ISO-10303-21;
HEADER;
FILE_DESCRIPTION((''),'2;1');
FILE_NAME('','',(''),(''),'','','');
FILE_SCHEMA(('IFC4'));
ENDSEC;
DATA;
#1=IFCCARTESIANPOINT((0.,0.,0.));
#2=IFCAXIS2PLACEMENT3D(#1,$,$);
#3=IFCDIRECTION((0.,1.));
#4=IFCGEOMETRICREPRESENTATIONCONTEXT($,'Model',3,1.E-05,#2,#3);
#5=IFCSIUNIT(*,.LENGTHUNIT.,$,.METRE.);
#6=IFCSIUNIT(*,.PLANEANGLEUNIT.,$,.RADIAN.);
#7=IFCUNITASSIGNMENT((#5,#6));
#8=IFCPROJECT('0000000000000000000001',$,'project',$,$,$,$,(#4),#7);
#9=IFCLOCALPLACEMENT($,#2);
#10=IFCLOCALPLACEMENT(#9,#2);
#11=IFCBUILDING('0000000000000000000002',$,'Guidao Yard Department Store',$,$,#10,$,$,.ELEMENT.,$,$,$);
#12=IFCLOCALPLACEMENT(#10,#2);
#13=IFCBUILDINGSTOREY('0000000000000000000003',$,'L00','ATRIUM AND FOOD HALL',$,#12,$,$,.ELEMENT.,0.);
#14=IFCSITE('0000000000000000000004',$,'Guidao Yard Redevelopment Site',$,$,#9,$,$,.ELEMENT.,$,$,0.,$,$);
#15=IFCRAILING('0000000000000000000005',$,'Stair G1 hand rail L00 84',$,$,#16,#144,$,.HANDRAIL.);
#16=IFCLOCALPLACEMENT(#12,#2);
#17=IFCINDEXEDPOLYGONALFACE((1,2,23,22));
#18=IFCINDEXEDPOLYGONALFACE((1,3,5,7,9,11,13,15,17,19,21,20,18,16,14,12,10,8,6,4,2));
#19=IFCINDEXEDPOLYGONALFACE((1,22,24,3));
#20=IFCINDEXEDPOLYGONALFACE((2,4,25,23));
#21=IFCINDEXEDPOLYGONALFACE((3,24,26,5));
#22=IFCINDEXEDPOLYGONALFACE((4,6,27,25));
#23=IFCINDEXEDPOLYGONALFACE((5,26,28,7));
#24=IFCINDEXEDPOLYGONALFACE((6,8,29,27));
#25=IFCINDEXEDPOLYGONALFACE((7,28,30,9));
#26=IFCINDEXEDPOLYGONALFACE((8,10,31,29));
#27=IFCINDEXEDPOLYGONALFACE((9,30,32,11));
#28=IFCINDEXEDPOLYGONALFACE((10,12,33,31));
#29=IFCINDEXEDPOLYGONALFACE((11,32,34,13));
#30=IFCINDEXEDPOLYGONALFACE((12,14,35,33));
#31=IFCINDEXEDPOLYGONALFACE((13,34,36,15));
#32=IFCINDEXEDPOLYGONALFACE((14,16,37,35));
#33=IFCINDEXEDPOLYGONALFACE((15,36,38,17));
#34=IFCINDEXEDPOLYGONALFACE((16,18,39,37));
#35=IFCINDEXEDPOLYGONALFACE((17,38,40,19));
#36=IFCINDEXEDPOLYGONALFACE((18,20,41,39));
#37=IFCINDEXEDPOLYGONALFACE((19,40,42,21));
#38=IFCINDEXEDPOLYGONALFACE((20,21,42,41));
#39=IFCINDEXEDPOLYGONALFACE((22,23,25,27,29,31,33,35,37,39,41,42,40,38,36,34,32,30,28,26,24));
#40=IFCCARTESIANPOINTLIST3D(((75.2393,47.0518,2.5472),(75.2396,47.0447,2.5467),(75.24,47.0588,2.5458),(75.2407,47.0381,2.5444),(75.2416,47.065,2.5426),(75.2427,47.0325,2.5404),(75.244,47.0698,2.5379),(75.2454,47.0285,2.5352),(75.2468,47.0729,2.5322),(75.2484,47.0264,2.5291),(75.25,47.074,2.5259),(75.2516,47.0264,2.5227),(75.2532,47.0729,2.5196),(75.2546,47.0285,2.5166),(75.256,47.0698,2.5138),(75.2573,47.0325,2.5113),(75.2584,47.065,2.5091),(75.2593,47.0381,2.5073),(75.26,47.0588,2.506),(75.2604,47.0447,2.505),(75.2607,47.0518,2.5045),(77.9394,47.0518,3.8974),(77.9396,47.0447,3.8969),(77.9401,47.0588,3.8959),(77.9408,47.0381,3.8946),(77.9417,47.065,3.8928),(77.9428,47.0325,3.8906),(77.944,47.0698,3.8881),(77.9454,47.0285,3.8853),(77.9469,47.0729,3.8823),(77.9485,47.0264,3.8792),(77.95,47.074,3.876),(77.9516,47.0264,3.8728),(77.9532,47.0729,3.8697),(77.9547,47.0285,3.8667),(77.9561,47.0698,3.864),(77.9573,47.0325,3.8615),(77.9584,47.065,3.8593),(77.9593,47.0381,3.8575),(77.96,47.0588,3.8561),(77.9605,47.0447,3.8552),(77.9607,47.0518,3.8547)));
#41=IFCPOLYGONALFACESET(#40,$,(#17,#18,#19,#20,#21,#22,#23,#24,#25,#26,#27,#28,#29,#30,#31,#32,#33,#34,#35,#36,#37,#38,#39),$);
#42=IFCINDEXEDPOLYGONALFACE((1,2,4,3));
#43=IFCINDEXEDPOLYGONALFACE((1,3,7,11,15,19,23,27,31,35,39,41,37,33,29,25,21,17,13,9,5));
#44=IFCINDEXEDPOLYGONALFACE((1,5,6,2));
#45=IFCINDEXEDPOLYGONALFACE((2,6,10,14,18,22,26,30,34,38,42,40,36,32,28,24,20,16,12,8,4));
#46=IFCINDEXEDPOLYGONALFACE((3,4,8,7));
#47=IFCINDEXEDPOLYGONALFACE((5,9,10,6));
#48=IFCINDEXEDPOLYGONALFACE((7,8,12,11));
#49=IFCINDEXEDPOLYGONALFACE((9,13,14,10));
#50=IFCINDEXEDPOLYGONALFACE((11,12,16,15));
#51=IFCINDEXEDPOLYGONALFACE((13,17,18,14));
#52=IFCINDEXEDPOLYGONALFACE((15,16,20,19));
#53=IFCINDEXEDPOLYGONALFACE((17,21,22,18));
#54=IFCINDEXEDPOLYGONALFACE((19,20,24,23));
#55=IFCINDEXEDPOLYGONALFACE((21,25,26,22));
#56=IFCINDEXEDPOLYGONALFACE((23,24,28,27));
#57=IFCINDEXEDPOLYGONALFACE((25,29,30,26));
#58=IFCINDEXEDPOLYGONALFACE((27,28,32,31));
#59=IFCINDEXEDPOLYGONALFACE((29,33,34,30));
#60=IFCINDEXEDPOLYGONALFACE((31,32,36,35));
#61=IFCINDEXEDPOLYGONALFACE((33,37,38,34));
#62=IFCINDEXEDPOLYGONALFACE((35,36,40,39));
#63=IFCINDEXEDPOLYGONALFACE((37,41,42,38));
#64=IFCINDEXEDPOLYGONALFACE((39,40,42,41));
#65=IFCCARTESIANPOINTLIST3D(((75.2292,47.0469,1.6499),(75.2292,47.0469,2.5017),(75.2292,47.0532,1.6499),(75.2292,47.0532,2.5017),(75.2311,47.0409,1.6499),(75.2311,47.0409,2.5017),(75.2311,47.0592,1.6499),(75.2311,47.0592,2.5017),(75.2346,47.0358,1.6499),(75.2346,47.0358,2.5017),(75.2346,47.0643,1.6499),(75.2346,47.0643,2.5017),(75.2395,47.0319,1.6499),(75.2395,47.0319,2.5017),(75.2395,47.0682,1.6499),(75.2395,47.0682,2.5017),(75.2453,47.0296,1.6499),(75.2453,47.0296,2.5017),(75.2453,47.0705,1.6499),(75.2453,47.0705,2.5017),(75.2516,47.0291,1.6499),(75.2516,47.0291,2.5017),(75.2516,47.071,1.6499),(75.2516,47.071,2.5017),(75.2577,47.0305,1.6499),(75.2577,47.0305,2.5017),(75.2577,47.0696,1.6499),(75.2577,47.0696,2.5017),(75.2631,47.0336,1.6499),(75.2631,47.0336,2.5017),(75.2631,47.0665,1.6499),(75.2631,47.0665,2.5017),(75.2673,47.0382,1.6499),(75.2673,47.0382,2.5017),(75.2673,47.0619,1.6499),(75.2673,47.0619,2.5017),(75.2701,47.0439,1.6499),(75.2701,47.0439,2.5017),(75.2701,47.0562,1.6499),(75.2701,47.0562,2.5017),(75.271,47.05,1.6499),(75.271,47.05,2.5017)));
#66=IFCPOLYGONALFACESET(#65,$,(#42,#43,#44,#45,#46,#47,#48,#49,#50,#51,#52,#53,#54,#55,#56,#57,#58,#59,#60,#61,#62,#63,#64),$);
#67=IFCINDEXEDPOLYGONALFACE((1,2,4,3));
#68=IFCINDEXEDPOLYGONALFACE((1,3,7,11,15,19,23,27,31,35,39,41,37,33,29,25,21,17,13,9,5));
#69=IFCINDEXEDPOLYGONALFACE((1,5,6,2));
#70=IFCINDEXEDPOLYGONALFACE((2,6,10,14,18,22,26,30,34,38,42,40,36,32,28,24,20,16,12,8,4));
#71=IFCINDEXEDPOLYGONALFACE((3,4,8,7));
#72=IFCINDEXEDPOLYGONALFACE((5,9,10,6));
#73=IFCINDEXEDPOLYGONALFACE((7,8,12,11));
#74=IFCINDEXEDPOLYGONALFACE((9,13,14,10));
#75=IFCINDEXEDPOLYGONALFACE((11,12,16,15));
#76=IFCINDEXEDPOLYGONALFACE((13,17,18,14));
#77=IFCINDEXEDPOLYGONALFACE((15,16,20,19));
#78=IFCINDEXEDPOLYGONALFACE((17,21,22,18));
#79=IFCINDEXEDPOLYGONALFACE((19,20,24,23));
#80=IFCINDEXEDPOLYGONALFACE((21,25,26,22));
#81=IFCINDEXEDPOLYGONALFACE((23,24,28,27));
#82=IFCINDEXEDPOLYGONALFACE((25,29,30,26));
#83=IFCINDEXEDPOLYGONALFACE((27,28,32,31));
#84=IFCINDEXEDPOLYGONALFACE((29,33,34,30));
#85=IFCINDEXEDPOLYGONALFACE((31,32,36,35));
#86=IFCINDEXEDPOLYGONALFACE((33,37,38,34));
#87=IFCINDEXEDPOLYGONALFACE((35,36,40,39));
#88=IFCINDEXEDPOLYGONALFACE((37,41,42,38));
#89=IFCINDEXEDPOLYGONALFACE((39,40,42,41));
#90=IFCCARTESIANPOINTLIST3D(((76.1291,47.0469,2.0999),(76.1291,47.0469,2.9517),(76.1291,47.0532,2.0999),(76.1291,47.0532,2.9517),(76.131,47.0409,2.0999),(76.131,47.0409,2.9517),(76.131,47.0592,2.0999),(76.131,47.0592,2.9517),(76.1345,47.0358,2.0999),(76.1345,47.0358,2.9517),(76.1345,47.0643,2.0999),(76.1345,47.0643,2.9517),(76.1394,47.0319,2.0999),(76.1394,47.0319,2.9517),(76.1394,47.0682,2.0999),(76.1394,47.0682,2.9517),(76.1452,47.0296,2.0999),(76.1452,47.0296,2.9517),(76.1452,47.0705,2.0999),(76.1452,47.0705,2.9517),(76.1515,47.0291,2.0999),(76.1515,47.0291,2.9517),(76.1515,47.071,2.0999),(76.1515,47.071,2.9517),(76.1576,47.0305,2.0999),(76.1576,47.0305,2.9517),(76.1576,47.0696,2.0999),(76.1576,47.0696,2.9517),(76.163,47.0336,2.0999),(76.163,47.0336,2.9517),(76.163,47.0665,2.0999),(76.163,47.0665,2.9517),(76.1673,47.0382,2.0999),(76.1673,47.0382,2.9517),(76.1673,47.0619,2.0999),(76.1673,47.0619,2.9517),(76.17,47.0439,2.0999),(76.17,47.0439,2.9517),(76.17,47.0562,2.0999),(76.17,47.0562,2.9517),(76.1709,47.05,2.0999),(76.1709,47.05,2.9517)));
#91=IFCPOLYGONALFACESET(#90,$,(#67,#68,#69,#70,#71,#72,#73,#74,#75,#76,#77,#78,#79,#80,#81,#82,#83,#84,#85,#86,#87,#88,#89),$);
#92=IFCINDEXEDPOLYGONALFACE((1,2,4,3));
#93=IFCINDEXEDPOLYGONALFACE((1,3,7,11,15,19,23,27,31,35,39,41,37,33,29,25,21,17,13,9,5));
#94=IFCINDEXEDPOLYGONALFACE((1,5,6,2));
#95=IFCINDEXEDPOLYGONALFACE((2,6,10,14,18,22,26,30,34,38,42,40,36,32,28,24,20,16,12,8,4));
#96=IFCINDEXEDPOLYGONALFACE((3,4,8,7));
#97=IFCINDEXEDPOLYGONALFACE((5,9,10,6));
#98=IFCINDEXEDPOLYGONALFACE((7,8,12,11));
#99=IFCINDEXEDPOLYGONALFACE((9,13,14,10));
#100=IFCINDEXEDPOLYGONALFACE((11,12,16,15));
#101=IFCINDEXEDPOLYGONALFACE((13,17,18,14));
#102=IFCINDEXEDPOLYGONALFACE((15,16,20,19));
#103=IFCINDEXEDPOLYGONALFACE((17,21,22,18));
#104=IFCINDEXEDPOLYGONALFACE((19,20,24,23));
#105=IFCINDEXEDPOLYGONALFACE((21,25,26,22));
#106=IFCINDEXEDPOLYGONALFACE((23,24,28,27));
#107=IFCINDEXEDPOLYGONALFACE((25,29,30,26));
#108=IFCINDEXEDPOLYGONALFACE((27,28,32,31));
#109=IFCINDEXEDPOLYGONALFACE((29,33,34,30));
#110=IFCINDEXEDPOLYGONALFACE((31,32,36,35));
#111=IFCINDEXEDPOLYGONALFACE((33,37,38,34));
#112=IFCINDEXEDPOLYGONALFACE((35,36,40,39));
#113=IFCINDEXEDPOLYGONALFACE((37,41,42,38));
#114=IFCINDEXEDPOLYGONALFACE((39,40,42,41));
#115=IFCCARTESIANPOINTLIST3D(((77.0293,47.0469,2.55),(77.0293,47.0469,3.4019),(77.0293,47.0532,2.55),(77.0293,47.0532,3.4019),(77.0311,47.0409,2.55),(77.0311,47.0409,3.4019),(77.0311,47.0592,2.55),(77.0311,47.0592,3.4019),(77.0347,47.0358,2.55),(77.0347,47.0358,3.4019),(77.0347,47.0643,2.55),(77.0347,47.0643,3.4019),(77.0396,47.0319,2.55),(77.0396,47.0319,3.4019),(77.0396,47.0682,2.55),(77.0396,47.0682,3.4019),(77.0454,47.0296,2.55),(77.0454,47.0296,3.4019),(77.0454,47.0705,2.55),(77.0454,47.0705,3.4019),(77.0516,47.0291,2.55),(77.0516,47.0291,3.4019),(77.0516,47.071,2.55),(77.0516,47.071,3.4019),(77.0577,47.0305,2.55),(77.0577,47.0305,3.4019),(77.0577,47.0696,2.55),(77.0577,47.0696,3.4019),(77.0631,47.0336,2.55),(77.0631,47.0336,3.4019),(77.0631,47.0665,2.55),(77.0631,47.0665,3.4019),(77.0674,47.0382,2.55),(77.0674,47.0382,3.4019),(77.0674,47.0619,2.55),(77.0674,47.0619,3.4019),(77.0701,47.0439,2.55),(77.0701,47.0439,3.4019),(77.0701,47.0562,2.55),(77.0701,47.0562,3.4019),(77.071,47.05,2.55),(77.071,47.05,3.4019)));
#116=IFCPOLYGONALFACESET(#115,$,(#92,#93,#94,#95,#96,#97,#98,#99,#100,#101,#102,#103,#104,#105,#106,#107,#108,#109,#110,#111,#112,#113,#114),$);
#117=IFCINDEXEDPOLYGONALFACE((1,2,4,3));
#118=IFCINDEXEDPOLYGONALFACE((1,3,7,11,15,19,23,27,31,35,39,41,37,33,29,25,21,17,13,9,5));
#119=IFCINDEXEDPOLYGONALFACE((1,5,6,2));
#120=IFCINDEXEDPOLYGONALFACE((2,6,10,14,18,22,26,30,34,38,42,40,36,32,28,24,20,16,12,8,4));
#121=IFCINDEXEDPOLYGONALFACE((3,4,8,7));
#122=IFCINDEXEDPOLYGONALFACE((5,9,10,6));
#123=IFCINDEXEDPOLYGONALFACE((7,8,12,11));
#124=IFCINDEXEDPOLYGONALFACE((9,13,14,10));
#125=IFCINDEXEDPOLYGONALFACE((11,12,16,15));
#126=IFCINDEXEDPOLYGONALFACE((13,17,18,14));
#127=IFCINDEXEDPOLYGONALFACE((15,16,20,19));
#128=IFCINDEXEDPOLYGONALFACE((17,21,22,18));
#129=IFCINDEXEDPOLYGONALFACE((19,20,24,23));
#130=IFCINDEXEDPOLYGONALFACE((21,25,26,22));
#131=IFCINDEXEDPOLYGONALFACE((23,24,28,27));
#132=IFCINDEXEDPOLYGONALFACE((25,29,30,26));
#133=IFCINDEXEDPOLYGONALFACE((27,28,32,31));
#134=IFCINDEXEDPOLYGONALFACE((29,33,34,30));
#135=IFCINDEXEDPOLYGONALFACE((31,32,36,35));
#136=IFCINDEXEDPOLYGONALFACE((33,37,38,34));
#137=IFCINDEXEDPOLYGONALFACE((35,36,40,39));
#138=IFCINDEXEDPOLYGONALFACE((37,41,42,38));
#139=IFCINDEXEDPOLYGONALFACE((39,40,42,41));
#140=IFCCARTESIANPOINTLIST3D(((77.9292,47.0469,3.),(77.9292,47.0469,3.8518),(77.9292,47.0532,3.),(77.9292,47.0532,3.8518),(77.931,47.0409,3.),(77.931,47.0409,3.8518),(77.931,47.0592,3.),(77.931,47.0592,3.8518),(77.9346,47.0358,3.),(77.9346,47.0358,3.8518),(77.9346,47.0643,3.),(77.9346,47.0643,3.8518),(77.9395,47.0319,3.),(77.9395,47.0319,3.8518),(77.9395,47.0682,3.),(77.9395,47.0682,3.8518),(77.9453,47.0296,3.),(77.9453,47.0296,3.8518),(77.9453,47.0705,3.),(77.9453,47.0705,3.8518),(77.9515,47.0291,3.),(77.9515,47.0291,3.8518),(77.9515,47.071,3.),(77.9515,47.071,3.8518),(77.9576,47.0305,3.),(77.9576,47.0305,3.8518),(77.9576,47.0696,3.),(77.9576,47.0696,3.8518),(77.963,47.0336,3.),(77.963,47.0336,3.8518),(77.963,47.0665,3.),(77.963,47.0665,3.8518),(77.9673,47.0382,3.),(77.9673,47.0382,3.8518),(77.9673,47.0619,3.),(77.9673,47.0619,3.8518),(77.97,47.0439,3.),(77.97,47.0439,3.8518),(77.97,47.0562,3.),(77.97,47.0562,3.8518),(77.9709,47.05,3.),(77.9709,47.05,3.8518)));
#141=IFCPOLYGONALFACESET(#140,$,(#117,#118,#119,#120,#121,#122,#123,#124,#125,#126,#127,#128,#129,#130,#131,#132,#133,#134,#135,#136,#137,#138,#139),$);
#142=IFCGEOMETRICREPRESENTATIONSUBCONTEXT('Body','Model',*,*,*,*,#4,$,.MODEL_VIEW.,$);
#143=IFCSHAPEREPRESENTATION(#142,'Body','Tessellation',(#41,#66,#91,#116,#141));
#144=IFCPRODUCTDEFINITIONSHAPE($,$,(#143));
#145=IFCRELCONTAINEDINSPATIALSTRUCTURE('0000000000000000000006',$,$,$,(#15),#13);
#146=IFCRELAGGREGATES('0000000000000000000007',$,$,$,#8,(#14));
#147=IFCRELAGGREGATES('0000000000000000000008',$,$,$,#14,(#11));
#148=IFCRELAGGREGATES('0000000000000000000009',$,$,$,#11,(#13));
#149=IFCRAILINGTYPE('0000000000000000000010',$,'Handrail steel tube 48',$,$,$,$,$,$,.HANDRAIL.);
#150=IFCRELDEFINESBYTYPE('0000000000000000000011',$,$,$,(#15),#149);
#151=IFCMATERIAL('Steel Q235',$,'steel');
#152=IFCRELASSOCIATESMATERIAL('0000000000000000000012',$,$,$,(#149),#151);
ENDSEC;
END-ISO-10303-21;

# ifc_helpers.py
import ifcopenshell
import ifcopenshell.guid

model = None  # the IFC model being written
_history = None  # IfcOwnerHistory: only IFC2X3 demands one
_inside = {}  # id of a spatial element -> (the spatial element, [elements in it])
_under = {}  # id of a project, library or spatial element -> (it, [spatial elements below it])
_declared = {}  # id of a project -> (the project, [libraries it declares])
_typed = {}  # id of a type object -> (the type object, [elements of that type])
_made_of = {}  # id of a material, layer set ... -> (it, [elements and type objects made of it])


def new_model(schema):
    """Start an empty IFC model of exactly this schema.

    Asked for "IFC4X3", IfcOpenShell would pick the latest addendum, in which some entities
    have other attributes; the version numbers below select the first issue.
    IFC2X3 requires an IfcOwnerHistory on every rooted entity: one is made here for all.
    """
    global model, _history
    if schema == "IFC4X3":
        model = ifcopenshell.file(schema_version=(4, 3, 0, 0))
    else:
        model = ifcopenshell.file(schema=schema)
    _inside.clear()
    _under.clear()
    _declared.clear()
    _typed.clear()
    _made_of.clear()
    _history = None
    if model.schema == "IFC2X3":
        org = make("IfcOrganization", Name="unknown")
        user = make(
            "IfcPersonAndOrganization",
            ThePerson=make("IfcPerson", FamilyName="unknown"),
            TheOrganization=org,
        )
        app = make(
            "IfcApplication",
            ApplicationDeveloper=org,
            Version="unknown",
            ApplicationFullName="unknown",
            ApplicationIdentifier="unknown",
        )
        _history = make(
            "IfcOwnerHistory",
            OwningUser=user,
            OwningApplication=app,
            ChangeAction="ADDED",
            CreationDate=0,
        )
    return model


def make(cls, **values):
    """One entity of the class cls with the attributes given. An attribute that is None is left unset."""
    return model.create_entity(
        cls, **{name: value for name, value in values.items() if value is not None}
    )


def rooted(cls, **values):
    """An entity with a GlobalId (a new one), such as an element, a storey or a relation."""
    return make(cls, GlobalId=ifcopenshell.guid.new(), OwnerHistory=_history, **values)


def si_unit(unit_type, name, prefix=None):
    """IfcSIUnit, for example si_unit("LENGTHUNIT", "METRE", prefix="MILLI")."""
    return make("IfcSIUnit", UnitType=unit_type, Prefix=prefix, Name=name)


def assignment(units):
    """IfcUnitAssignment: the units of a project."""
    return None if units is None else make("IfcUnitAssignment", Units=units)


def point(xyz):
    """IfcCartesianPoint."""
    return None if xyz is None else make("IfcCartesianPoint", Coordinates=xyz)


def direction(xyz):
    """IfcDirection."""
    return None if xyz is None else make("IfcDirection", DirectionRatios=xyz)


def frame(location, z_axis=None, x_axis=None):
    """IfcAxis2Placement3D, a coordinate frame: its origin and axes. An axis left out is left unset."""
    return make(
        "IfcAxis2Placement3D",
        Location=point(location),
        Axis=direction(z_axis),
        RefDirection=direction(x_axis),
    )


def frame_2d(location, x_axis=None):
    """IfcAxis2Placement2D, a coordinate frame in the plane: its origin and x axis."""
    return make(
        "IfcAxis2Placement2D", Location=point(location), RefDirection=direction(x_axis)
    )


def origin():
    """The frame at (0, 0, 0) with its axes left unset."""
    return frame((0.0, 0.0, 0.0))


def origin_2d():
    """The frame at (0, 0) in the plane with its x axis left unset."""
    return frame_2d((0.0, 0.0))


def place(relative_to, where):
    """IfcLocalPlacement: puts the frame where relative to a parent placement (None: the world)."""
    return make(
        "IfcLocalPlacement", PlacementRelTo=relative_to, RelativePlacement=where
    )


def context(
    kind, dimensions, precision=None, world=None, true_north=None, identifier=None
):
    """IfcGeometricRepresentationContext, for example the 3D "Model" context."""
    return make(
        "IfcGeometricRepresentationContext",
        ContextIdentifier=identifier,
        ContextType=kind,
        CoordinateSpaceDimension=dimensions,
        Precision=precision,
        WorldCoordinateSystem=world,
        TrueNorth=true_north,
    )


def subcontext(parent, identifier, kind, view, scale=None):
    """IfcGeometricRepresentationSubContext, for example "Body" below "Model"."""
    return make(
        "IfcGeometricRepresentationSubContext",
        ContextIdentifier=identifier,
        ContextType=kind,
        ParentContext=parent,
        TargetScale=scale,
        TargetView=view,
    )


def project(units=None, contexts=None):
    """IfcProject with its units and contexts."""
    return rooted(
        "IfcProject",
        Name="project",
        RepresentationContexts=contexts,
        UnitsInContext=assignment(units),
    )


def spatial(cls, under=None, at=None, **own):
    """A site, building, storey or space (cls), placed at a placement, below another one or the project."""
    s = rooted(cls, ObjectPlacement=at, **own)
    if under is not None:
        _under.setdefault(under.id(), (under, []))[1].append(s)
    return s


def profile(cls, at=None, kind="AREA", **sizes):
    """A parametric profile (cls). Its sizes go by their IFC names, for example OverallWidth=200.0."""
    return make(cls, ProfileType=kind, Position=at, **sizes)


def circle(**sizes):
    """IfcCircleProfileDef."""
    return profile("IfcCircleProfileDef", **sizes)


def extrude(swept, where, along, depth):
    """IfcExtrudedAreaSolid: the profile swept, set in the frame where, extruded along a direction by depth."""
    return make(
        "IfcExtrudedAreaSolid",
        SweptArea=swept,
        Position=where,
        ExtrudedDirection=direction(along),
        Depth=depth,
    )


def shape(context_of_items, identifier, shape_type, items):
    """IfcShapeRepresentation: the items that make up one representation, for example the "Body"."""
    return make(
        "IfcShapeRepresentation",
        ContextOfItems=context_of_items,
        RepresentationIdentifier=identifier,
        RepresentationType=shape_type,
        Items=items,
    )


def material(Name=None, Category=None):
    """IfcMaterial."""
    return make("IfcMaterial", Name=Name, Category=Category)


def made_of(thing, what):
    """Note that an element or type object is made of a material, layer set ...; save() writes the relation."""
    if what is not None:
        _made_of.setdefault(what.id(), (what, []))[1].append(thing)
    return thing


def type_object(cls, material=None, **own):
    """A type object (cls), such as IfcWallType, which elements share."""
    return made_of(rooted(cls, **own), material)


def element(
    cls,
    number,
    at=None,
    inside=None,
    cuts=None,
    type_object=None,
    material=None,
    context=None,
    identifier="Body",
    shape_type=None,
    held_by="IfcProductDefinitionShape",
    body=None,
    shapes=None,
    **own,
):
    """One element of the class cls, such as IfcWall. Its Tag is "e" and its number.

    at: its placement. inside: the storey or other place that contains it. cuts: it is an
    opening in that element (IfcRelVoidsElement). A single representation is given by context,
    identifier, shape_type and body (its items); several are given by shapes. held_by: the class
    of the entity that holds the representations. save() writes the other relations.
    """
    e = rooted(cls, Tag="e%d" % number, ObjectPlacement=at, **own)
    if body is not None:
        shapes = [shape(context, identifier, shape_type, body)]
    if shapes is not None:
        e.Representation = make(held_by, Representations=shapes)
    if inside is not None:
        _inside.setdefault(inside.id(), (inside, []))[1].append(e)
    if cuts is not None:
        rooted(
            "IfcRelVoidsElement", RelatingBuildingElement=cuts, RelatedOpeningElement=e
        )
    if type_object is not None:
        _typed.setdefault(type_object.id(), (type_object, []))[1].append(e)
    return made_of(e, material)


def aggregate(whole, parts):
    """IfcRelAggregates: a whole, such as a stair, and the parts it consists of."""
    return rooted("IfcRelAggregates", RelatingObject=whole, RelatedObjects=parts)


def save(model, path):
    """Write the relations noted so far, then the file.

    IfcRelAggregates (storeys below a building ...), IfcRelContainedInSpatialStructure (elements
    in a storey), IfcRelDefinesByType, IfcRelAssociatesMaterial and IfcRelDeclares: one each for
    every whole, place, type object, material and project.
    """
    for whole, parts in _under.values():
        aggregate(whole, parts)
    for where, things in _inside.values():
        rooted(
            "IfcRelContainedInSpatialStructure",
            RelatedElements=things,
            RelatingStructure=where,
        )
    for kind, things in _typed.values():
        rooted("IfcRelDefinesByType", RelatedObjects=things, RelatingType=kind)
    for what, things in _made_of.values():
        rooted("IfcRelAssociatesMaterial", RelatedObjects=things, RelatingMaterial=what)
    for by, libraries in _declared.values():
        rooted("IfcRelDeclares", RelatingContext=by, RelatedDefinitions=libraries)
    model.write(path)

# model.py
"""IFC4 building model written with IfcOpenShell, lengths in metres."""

from ifc_helpers import new_model, si_unit, direction, frame, origin, origin_2d, place, context, subcontext, project, spatial, circle, extrude, material, type_object, element, save


model = new_model("IFC4")

# Units and contexts
model_context = context("Model", 3, precision=1e-05, world=origin(), true_north=direction((0.0, 1.0)))
body_context = subcontext(model_context, "Body", "Model", "MODEL_VIEW")
ifc_project = project(units=[si_unit("LENGTHUNIT", "METRE"), si_unit("PLANEANGLEUNIT", "RADIAN")], contexts=[model_context])

# Site, building, storey
site_placement = place(None, origin())
site = spatial("IfcSite", under=ifc_project, at=site_placement, Name="Guidao Yard Redevelopment Site", CompositionType="ELEMENT", RefElevation=0.0)
building_placement = place(site_placement, origin())
building = spatial("IfcBuilding", under=site, at=building_placement, Name="Guidao Yard Department Store", CompositionType="ELEMENT")
storey_placement = place(building_placement, origin())
storey = spatial("IfcBuildingStorey", under=building, at=storey_placement, Name="L00", Description="ATRIUM AND FOOD HALL", CompositionType="ELEMENT", Elevation=0.0)

# Railing
ifc_material_1 = material(Name="Steel Q235", Category="steel")
railing_type = type_object("IfcRailingType", Name="Handrail steel tube 48", PredefinedType="HANDRAIL", material=ifc_material_1)
for number, where, name in (
    (1, (75.25, 47.05, 1.6499), "Stair G1 hand rail L00 84"),
):
    element("IfcRailing", number, at=place(storey_placement, frame(where)), inside=storey, type_object=railing_type, Name=name, PredefinedType="HANDRAIL", context=body_context, shape_type="SweptSolid", body=[
        extrude(circle(Radius=0.0239, at=origin_2d()), frame((0.0, 0.0, 0.876), z_axis=(0.894411, 0.0, 0.447246), x_axis=(0.0, 1.0, 0.0)), (0.0, 0.0, 1.0), 3.0188),
        extrude(circle(Radius=0.021, at=origin_2d()), origin(), (0.0, 0.0, 1.0), 0.8518),
        extrude(circle(Radius=0.021, at=origin_2d()), frame((0.8999, 0.0, 0.45)), (0.0, 0.0, 1.0), 0.8518),
        extrude(circle(Radius=0.021, at=origin_2d()), frame((1.8, 0.0, 0.9001)), (0.0, 0.0, 1.0), 0.8518),
        extrude(circle(Radius=0.021, at=origin_2d()), frame((2.7, 0.0, 1.3501)), (0.0, 0.0, 1.0), 0.8518),
    ])

save(model, "model.ifc")
